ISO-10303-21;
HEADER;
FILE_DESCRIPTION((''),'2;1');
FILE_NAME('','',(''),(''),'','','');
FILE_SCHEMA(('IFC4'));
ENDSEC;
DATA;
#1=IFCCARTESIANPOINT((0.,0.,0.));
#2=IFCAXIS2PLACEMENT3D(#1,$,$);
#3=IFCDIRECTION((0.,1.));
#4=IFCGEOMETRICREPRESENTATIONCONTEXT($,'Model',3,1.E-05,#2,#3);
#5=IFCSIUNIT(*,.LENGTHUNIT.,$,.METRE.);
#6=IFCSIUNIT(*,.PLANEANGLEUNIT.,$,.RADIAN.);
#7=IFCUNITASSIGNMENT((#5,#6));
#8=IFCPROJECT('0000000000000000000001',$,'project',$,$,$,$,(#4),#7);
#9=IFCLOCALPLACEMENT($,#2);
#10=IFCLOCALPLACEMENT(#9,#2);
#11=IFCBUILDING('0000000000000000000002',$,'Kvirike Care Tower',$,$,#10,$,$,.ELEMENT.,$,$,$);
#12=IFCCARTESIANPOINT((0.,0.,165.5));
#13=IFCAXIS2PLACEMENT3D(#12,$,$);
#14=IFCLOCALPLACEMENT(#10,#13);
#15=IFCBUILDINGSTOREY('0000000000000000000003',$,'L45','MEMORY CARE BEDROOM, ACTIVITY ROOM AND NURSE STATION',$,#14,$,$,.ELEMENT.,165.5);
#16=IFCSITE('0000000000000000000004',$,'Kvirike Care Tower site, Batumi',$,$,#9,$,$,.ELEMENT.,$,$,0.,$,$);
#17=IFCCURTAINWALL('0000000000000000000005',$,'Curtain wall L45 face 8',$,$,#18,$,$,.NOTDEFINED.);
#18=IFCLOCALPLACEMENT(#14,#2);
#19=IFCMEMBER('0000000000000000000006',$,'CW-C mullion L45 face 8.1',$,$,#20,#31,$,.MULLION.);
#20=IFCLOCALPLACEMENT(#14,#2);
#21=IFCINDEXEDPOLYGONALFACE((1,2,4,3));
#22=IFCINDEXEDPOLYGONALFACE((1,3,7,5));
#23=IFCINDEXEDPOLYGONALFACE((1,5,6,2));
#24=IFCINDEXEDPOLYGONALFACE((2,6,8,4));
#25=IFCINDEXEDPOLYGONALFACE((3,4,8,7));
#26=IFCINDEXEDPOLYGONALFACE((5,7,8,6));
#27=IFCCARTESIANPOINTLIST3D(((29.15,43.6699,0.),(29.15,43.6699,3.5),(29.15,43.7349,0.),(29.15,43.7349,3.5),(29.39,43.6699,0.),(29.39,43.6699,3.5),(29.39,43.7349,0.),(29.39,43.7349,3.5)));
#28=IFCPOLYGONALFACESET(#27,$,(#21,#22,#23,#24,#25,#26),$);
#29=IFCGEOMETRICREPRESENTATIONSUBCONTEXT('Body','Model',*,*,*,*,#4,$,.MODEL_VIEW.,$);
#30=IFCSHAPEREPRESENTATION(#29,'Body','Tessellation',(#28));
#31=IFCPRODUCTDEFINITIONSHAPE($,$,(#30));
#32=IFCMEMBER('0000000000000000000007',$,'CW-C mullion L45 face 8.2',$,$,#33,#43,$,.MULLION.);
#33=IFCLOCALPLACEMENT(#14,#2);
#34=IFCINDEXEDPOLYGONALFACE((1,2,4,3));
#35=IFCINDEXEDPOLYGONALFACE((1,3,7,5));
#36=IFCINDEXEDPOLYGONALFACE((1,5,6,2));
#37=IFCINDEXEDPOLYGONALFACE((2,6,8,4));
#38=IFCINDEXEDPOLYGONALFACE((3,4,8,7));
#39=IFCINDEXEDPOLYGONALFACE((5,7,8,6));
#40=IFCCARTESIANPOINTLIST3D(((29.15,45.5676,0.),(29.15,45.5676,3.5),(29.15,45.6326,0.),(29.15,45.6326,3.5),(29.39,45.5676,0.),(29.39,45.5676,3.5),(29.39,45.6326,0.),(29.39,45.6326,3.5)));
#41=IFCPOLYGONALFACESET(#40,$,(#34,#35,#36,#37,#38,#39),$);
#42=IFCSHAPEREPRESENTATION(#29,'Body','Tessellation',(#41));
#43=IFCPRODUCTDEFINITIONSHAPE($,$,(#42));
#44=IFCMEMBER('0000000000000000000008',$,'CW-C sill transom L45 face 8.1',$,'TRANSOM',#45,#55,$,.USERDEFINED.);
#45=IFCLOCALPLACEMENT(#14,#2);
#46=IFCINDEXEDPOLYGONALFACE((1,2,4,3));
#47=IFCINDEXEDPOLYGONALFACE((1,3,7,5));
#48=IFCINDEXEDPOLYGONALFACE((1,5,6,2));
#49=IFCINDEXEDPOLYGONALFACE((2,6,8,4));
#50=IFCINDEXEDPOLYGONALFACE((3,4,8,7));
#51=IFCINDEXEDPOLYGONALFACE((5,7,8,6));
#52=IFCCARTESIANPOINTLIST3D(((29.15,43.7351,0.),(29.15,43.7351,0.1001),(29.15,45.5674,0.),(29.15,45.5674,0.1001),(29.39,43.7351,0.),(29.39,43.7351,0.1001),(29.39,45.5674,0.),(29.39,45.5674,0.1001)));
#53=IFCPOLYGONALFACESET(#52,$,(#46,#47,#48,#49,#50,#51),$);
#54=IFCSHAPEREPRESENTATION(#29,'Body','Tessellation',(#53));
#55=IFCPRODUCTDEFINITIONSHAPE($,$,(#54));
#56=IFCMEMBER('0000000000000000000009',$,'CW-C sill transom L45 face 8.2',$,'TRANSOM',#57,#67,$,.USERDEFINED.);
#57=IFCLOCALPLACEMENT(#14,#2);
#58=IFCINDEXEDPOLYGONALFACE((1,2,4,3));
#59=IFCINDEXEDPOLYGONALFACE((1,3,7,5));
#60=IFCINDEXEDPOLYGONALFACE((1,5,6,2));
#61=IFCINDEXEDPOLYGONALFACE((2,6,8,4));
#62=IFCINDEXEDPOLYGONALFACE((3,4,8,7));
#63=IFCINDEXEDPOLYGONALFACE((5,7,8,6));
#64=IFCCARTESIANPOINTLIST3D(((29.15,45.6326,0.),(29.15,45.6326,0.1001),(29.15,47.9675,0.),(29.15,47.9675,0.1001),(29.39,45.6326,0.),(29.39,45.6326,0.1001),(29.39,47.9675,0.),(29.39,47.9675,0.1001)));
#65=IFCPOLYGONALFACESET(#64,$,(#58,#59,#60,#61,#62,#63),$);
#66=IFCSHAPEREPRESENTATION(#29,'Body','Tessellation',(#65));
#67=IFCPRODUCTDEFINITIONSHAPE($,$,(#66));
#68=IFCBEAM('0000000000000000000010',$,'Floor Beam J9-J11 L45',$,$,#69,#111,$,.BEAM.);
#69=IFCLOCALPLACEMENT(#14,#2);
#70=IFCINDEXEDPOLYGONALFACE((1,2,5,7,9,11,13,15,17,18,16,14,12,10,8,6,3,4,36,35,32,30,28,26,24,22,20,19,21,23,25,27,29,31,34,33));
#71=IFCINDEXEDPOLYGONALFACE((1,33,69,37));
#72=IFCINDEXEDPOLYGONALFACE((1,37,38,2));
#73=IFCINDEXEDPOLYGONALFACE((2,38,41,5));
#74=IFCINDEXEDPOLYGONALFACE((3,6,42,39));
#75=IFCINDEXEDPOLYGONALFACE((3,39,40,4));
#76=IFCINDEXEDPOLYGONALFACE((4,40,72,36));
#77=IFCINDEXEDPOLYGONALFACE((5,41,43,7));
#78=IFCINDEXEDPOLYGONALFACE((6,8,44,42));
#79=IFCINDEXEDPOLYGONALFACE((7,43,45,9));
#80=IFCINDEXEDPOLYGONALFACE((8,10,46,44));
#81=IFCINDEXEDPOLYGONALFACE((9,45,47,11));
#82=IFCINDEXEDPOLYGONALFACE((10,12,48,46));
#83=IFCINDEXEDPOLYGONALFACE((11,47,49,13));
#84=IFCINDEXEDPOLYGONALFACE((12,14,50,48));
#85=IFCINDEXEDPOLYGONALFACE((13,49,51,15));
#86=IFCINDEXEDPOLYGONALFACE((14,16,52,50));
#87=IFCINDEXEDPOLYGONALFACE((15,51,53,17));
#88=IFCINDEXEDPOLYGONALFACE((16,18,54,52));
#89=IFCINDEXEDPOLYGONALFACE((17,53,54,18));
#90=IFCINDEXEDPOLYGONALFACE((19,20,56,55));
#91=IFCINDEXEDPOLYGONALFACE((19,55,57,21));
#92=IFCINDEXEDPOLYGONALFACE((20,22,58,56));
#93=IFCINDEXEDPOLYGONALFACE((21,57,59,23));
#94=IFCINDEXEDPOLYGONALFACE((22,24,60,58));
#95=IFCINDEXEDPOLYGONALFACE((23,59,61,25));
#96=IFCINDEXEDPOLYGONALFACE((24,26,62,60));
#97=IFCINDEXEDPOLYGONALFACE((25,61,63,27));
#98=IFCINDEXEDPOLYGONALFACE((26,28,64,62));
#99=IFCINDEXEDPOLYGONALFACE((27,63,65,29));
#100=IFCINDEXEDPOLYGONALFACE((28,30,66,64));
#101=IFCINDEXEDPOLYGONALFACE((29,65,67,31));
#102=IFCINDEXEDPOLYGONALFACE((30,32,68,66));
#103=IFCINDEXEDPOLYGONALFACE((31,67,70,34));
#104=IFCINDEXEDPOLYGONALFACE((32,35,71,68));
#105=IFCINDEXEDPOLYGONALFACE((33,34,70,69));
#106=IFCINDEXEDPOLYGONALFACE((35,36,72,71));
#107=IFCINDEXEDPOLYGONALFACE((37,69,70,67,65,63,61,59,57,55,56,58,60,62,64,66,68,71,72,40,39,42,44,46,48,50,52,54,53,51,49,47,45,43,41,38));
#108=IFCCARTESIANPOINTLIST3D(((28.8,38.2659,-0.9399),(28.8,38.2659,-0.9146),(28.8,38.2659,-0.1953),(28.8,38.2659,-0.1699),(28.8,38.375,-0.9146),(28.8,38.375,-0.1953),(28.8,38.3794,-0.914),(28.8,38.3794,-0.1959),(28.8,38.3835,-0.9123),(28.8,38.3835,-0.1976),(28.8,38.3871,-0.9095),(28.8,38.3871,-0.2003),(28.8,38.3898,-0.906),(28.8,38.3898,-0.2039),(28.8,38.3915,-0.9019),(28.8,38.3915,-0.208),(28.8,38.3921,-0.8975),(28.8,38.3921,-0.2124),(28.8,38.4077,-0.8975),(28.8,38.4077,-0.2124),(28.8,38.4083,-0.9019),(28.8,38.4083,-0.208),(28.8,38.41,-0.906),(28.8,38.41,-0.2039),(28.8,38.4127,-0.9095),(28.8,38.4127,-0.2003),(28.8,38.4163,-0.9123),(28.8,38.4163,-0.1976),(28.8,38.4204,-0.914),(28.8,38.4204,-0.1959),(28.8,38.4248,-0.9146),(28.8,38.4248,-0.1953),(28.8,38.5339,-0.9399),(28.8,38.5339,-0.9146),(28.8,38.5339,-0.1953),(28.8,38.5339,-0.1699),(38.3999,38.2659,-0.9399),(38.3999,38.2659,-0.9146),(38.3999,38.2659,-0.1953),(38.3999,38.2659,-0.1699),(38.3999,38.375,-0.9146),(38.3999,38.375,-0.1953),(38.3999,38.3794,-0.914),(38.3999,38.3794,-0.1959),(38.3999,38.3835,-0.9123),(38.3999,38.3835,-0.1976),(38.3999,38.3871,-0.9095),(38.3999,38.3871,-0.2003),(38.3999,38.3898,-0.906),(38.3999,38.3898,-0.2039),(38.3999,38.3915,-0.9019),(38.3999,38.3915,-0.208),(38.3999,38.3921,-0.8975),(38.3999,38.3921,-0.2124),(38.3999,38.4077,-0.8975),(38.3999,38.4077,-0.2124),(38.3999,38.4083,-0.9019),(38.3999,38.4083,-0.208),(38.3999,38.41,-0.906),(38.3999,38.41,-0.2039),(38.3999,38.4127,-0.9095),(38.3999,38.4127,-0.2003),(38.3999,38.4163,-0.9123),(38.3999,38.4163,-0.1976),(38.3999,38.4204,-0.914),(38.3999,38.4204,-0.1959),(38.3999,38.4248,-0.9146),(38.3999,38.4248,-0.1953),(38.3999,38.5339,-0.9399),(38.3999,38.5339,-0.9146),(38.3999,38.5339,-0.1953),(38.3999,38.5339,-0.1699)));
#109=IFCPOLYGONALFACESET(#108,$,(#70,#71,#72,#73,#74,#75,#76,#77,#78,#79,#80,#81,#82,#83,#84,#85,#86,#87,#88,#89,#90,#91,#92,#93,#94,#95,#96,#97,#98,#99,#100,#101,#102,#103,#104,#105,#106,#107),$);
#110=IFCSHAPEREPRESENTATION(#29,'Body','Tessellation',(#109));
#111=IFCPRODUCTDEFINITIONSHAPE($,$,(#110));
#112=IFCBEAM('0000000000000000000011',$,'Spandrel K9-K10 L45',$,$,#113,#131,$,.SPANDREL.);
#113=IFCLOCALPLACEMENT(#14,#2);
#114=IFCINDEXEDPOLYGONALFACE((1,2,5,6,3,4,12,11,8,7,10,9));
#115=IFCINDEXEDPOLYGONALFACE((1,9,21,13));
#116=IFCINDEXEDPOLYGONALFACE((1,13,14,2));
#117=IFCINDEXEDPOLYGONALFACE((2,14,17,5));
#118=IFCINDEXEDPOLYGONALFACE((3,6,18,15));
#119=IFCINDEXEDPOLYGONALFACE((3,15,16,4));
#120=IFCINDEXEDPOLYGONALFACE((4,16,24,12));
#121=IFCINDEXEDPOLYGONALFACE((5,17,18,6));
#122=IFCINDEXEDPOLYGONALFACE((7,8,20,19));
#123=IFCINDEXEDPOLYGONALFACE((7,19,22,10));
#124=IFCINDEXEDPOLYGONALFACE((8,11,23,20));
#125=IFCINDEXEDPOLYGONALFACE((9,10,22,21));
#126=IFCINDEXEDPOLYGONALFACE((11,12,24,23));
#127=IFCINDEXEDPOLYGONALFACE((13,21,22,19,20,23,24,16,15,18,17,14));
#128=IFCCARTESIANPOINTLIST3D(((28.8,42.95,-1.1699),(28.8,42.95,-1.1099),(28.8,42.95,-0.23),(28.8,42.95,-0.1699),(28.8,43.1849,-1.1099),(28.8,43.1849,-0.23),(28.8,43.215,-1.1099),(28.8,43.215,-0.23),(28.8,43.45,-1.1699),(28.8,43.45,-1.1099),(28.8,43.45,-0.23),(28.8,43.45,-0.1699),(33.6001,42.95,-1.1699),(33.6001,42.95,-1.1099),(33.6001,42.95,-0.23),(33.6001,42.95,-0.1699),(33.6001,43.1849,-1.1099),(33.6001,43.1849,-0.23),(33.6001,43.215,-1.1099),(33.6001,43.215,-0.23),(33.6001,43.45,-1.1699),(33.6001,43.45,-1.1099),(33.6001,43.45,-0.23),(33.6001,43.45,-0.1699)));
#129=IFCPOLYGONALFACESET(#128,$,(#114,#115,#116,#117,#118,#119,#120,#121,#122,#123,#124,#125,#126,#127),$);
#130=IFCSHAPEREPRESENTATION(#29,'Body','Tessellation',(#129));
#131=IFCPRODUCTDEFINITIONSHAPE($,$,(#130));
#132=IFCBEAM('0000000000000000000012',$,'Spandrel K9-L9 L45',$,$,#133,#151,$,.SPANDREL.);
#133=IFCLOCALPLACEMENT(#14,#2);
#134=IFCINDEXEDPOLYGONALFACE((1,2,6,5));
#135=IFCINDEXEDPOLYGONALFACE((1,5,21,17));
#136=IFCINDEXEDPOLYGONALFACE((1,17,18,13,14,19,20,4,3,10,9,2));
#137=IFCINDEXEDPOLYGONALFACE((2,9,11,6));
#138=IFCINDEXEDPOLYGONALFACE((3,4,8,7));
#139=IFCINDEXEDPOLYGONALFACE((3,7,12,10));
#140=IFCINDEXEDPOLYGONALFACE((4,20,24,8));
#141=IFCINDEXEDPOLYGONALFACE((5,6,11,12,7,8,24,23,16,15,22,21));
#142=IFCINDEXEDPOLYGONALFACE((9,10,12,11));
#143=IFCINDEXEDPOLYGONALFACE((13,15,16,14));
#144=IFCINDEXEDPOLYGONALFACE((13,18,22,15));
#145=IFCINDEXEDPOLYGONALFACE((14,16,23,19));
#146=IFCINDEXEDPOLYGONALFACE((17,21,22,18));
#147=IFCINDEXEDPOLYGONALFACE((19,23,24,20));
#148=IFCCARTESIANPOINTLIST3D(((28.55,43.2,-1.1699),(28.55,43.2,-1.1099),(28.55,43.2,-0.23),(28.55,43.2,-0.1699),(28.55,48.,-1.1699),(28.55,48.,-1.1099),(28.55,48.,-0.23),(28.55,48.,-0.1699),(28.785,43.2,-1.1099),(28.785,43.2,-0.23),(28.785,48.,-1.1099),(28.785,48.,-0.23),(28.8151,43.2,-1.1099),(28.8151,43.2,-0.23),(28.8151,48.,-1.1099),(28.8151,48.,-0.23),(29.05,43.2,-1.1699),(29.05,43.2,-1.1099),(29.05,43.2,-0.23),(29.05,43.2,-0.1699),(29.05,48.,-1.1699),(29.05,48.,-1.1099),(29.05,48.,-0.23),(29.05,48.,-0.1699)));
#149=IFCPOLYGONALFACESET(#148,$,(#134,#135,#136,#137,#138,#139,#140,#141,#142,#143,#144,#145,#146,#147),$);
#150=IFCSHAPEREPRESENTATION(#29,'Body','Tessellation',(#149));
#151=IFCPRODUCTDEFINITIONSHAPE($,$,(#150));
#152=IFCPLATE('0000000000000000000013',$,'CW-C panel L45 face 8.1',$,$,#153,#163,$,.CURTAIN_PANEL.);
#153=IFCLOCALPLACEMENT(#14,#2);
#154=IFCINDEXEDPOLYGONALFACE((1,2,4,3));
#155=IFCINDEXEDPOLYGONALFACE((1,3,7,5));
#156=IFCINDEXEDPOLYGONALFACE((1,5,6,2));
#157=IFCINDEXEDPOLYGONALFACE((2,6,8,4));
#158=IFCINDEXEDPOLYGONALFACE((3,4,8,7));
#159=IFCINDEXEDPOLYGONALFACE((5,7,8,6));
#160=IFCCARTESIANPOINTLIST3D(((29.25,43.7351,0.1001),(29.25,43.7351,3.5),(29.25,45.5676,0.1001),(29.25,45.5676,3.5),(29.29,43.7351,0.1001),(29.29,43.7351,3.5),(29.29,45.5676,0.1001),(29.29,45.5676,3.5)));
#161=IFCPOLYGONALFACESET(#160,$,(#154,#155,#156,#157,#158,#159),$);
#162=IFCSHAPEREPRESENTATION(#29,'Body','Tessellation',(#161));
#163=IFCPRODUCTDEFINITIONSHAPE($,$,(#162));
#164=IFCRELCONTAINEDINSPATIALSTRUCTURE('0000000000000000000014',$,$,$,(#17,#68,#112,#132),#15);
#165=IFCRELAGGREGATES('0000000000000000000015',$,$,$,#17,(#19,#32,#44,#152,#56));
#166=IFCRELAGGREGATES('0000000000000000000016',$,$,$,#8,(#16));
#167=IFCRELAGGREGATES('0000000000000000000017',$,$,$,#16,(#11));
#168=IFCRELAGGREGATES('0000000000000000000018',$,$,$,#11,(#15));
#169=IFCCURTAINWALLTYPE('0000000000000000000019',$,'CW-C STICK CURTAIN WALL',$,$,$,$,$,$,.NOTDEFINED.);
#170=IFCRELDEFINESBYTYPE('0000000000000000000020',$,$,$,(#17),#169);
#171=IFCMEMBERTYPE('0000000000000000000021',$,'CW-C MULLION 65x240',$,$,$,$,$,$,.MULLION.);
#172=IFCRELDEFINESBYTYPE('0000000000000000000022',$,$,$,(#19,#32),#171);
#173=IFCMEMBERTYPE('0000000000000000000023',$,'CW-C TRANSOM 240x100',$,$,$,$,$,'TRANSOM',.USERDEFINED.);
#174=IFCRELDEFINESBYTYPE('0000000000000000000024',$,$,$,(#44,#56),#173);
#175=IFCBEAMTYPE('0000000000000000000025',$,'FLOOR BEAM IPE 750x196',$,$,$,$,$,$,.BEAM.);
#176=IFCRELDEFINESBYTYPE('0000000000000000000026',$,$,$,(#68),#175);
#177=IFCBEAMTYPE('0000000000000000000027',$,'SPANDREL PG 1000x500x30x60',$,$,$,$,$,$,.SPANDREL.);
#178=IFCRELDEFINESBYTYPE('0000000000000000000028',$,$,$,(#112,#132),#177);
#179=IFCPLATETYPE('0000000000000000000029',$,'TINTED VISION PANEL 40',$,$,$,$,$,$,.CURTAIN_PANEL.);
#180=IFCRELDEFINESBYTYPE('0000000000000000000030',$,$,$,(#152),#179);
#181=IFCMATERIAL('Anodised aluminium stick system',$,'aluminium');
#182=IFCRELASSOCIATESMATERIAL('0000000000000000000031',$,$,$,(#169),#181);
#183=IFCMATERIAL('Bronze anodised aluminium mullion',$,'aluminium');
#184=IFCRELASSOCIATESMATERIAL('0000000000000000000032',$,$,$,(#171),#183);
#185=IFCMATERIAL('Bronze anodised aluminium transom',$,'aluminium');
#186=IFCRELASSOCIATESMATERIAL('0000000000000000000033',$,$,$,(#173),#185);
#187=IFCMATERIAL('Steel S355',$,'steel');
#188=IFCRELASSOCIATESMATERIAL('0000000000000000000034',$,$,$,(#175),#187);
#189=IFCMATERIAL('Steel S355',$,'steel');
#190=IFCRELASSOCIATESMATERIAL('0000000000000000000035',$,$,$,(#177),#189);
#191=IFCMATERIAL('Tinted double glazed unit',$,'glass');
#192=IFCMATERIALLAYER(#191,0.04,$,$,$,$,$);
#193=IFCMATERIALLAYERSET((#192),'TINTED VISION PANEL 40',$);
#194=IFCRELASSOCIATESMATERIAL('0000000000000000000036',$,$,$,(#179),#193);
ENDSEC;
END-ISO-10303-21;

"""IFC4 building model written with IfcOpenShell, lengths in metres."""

from ifc_helpers import new_model, si_unit, direction, frame, origin, origin_2d, place, context, subcontext, project, spatial, rectangle, i_section, extrude, material, layer, layer_set, material_profile, profile_set, type_object, element, aggregate, save


model = new_model("IFC4")

# Units and contexts
model_context = context("Model", 3, precision=1e-05, world=origin(), true_north=direction((0.0, 1.0)))
body_context = subcontext(model_context, "Body", "Model", "MODEL_VIEW")
ifc_project = project(units=[si_unit("LENGTHUNIT", "METRE"), si_unit("PLANEANGLEUNIT", "RADIAN")], contexts=[model_context])

# Site, building, storey
site_placement = place(None, origin())
site = spatial("IfcSite", under=ifc_project, at=site_placement, Name="Kvirike Care Tower site, Batumi", CompositionType="ELEMENT", RefElevation=0.0)
building_placement = place(site_placement, origin())
building = spatial("IfcBuilding", under=site, at=building_placement, Name="Kvirike Care Tower", CompositionType="ELEMENT")
storey_placement = place(building_placement, frame((0.0, 0.0, 165.5)))
storey = spatial("IfcBuildingStorey", under=building, at=storey_placement, Name="L45", Description="MEMORY CARE BEDROOM, ACTIVITY ROOM AND NURSE STATION", CompositionType="ELEMENT", Elevation=165.5)

# Curtain wall, members
ifc_material_1 = material(Name="Anodised aluminium stick system", Category="aluminium")
curtain_wall_type = type_object("IfcCurtainWallType", Name="CW-C STICK CURTAIN WALL", PredefinedType="NOTDEFINED", material=ifc_material_1)
curtain_wall_placement = place(storey_placement, origin())
curtain_wall = element("IfcCurtainWall", 1, at=curtain_wall_placement, inside=storey, type_object=curtain_wall_type, Name="Curtain wall L45 face 8", PredefinedType="NOTDEFINED")
ifc_material_2 = material(Name="Bronze anodised aluminium mullion", Category="aluminium")
ifc_material_profile_1 = material_profile(ifc_material_2, rectangle(XDim=0.0649, YDim=0.24, at=origin_2d()), Name="CW-C MULLION 65x240")
ifc_profile_set_1 = profile_set([ifc_material_profile_1], Name="Bronze anodised aluminium mullion")
member_type_1 = type_object("IfcMemberType", Name="CW-C MULLION 65x240", PredefinedType="MULLION", material=ifc_profile_set_1)
member_1_placement = place(storey_placement, frame((29.27, 43.7024, 0.0), z_axis=(0.0, 0.0, 1.0), x_axis=(0.0, 1.0, 0.0)))
member_1 = element("IfcMember", 2, at=member_1_placement, type_object=member_type_1, Name="CW-C mullion L45 face 8.1", PredefinedType="MULLION", context=body_context, shape_type="SweptSolid", body=[
    extrude(rectangle(XDim=0.0649, YDim=0.24, at=origin_2d()), origin(), (0.0, 0.0, 1.0), 3.5),
])
member_2_placement = place(storey_placement, frame((29.27, 45.6001, 0.0), z_axis=(0.0, 0.0, 1.0), x_axis=(0.0, 1.0, 0.0)))
member_2 = element("IfcMember", 3, at=member_2_placement, type_object=member_type_1, Name="CW-C mullion L45 face 8.2", PredefinedType="MULLION", context=body_context, shape_type="SweptSolid", body=[
    extrude(rectangle(XDim=0.0649, YDim=0.24, at=origin_2d()), origin(), (0.0, 0.0, 1.0), 3.5),
])
ifc_material_3 = material(Name="Bronze anodised aluminium transom", Category="aluminium")
ifc_material_profile_2 = material_profile(ifc_material_3, rectangle(XDim=0.24, YDim=0.1001, at=origin_2d()), Name="CW-C TRANSOM 240x100")
ifc_profile_set_2 = profile_set([ifc_material_profile_2], Name="Bronze anodised aluminium transom")
member_type_2 = type_object("IfcMemberType", Name="CW-C TRANSOM 240x100", ElementType="TRANSOM", PredefinedType="USERDEFINED", material=ifc_profile_set_2)
member_3_placement = place(storey_placement, frame((29.27, 43.7351, 0.05), z_axis=(0.0, 1.0, 0.0), x_axis=(-1.0, 0.0, 0.0)))
member_3 = element("IfcMember", 4, at=member_3_placement, type_object=member_type_2, Name="CW-C sill transom L45 face 8.1", ObjectType="TRANSOM", PredefinedType="USERDEFINED", context=body_context, shape_type="SweptSolid", body=[
    extrude(rectangle(XDim=0.24, YDim=0.1001, at=origin_2d()), origin(), (0.0, 0.0, 1.0), 1.8323),
])
member_4_placement = place(storey_placement, frame((29.27, 45.6326, 0.05), z_axis=(0.0, 1.0, 0.0), x_axis=(-1.0, 0.0, 0.0)))
member_4 = element("IfcMember", 5, at=member_4_placement, type_object=member_type_2, Name="CW-C sill transom L45 face 8.2", ObjectType="TRANSOM", PredefinedType="USERDEFINED", context=body_context, shape_type="SweptSolid", body=[
    extrude(rectangle(XDim=0.24, YDim=0.1001, at=origin_2d()), origin(), (0.0, 0.0, 1.0), 2.335),
])

# Beams
ifc_material_4 = material(Name="Steel S355", Category="steel")
ifc_material_profile_3 = material_profile(ifc_material_4, i_section(OverallWidth=0.2681, OverallDepth=0.77, WebThickness=0.0156, FlangeThickness=0.0254, FilletRadius=0.0171, at=origin_2d()), Name="IPE 750x196")
ifc_profile_set_3 = profile_set([ifc_material_profile_3], Name="Steel S355")
beam_type_1 = type_object("IfcBeamType", Name="FLOOR BEAM IPE 750x196", PredefinedType="BEAM", material=ifc_profile_set_3)
beam_placement = place(storey_placement, frame((28.8, 38.3999, -0.5549), z_axis=(1.0, 0.0, 0.0), x_axis=(0.0, 1.0, 0.0)))
element("IfcBeam", 6, at=beam_placement, inside=storey, type_object=beam_type_1, Name="Floor Beam J9-J11 L45", PredefinedType="BEAM", context=body_context, shape_type="SweptSolid", body=[
    extrude(i_section(OverallWidth=0.2681, OverallDepth=0.77, WebThickness=0.0156, FlangeThickness=0.0254, FilletRadius=0.0171, at=origin_2d()), origin(), (0.0, 0.0, 1.0), 9.5999),
])
ifc_material_5 = material(Name="Steel S355", Category="steel")
ifc_material_profile_4 = material_profile(ifc_material_5, i_section(OverallWidth=0.5, OverallDepth=1.0, WebThickness=0.03, FlangeThickness=0.0601, at=origin_2d()), Name="PG 1000x500x30x60")
ifc_profile_set_4 = profile_set([ifc_material_profile_4], Name="Steel S355")
beam_type_2 = type_object("IfcBeamType", Name="SPANDREL PG 1000x500x30x60", PredefinedType="SPANDREL", material=ifc_profile_set_4)
for number, where, z_axis, x_axis, name in (
    (7, (28.8, 43.2, -0.6699), (1.0, 0.0, 0.0), (0.0, 1.0, 0.0), "Spandrel K9-K10 L45"),
    (8, (28.8, 43.2, -0.6699), (0.0, 1.0, 0.0), (-1.0, 0.0, 0.0), "Spandrel K9-L9 L45"),
):
    element("IfcBeam", number, at=place(storey_placement, frame(where, z_axis=z_axis, x_axis=x_axis)), inside=storey, type_object=beam_type_2, Name=name, PredefinedType="SPANDREL", context=body_context, shape_type="SweptSolid", body=[
        extrude(i_section(OverallWidth=0.5, OverallDepth=1.0, WebThickness=0.03, FlangeThickness=0.0601, at=origin_2d()), origin(), (0.0, 0.0, 1.0), 4.8),
    ])

# Plate
ifc_material_6 = material(Name="Tinted double glazed unit", Category="glass")
ifc_layer_1 = layer(ifc_material_6, 0.04)
ifc_layer_set_1 = layer_set([ifc_layer_1], Name="TINTED VISION PANEL 40")
plate_type = type_object("IfcPlateType", Name="TINTED VISION PANEL 40", PredefinedType="CURTAIN_PANEL", material=ifc_layer_set_1)
plate_placement = place(storey_placement, frame((29.27, 44.6514, 0.1001), z_axis=(0.0, 0.0, 1.0), x_axis=(0.0, 1.0, 0.0)))
plate = element("IfcPlate", 9, at=plate_placement, type_object=plate_type, Name="CW-C panel L45 face 8.1", PredefinedType="CURTAIN_PANEL", context=body_context, shape_type="SweptSolid", body=[
    extrude(rectangle(XDim=1.8325, YDim=0.04, at=origin_2d()), origin(), (0.0, 0.0, 1.0), 3.3999),
])
aggregate(curtain_wall, [member_1, member_2, member_3, plate, member_4])

save(model, "model.ifc")
